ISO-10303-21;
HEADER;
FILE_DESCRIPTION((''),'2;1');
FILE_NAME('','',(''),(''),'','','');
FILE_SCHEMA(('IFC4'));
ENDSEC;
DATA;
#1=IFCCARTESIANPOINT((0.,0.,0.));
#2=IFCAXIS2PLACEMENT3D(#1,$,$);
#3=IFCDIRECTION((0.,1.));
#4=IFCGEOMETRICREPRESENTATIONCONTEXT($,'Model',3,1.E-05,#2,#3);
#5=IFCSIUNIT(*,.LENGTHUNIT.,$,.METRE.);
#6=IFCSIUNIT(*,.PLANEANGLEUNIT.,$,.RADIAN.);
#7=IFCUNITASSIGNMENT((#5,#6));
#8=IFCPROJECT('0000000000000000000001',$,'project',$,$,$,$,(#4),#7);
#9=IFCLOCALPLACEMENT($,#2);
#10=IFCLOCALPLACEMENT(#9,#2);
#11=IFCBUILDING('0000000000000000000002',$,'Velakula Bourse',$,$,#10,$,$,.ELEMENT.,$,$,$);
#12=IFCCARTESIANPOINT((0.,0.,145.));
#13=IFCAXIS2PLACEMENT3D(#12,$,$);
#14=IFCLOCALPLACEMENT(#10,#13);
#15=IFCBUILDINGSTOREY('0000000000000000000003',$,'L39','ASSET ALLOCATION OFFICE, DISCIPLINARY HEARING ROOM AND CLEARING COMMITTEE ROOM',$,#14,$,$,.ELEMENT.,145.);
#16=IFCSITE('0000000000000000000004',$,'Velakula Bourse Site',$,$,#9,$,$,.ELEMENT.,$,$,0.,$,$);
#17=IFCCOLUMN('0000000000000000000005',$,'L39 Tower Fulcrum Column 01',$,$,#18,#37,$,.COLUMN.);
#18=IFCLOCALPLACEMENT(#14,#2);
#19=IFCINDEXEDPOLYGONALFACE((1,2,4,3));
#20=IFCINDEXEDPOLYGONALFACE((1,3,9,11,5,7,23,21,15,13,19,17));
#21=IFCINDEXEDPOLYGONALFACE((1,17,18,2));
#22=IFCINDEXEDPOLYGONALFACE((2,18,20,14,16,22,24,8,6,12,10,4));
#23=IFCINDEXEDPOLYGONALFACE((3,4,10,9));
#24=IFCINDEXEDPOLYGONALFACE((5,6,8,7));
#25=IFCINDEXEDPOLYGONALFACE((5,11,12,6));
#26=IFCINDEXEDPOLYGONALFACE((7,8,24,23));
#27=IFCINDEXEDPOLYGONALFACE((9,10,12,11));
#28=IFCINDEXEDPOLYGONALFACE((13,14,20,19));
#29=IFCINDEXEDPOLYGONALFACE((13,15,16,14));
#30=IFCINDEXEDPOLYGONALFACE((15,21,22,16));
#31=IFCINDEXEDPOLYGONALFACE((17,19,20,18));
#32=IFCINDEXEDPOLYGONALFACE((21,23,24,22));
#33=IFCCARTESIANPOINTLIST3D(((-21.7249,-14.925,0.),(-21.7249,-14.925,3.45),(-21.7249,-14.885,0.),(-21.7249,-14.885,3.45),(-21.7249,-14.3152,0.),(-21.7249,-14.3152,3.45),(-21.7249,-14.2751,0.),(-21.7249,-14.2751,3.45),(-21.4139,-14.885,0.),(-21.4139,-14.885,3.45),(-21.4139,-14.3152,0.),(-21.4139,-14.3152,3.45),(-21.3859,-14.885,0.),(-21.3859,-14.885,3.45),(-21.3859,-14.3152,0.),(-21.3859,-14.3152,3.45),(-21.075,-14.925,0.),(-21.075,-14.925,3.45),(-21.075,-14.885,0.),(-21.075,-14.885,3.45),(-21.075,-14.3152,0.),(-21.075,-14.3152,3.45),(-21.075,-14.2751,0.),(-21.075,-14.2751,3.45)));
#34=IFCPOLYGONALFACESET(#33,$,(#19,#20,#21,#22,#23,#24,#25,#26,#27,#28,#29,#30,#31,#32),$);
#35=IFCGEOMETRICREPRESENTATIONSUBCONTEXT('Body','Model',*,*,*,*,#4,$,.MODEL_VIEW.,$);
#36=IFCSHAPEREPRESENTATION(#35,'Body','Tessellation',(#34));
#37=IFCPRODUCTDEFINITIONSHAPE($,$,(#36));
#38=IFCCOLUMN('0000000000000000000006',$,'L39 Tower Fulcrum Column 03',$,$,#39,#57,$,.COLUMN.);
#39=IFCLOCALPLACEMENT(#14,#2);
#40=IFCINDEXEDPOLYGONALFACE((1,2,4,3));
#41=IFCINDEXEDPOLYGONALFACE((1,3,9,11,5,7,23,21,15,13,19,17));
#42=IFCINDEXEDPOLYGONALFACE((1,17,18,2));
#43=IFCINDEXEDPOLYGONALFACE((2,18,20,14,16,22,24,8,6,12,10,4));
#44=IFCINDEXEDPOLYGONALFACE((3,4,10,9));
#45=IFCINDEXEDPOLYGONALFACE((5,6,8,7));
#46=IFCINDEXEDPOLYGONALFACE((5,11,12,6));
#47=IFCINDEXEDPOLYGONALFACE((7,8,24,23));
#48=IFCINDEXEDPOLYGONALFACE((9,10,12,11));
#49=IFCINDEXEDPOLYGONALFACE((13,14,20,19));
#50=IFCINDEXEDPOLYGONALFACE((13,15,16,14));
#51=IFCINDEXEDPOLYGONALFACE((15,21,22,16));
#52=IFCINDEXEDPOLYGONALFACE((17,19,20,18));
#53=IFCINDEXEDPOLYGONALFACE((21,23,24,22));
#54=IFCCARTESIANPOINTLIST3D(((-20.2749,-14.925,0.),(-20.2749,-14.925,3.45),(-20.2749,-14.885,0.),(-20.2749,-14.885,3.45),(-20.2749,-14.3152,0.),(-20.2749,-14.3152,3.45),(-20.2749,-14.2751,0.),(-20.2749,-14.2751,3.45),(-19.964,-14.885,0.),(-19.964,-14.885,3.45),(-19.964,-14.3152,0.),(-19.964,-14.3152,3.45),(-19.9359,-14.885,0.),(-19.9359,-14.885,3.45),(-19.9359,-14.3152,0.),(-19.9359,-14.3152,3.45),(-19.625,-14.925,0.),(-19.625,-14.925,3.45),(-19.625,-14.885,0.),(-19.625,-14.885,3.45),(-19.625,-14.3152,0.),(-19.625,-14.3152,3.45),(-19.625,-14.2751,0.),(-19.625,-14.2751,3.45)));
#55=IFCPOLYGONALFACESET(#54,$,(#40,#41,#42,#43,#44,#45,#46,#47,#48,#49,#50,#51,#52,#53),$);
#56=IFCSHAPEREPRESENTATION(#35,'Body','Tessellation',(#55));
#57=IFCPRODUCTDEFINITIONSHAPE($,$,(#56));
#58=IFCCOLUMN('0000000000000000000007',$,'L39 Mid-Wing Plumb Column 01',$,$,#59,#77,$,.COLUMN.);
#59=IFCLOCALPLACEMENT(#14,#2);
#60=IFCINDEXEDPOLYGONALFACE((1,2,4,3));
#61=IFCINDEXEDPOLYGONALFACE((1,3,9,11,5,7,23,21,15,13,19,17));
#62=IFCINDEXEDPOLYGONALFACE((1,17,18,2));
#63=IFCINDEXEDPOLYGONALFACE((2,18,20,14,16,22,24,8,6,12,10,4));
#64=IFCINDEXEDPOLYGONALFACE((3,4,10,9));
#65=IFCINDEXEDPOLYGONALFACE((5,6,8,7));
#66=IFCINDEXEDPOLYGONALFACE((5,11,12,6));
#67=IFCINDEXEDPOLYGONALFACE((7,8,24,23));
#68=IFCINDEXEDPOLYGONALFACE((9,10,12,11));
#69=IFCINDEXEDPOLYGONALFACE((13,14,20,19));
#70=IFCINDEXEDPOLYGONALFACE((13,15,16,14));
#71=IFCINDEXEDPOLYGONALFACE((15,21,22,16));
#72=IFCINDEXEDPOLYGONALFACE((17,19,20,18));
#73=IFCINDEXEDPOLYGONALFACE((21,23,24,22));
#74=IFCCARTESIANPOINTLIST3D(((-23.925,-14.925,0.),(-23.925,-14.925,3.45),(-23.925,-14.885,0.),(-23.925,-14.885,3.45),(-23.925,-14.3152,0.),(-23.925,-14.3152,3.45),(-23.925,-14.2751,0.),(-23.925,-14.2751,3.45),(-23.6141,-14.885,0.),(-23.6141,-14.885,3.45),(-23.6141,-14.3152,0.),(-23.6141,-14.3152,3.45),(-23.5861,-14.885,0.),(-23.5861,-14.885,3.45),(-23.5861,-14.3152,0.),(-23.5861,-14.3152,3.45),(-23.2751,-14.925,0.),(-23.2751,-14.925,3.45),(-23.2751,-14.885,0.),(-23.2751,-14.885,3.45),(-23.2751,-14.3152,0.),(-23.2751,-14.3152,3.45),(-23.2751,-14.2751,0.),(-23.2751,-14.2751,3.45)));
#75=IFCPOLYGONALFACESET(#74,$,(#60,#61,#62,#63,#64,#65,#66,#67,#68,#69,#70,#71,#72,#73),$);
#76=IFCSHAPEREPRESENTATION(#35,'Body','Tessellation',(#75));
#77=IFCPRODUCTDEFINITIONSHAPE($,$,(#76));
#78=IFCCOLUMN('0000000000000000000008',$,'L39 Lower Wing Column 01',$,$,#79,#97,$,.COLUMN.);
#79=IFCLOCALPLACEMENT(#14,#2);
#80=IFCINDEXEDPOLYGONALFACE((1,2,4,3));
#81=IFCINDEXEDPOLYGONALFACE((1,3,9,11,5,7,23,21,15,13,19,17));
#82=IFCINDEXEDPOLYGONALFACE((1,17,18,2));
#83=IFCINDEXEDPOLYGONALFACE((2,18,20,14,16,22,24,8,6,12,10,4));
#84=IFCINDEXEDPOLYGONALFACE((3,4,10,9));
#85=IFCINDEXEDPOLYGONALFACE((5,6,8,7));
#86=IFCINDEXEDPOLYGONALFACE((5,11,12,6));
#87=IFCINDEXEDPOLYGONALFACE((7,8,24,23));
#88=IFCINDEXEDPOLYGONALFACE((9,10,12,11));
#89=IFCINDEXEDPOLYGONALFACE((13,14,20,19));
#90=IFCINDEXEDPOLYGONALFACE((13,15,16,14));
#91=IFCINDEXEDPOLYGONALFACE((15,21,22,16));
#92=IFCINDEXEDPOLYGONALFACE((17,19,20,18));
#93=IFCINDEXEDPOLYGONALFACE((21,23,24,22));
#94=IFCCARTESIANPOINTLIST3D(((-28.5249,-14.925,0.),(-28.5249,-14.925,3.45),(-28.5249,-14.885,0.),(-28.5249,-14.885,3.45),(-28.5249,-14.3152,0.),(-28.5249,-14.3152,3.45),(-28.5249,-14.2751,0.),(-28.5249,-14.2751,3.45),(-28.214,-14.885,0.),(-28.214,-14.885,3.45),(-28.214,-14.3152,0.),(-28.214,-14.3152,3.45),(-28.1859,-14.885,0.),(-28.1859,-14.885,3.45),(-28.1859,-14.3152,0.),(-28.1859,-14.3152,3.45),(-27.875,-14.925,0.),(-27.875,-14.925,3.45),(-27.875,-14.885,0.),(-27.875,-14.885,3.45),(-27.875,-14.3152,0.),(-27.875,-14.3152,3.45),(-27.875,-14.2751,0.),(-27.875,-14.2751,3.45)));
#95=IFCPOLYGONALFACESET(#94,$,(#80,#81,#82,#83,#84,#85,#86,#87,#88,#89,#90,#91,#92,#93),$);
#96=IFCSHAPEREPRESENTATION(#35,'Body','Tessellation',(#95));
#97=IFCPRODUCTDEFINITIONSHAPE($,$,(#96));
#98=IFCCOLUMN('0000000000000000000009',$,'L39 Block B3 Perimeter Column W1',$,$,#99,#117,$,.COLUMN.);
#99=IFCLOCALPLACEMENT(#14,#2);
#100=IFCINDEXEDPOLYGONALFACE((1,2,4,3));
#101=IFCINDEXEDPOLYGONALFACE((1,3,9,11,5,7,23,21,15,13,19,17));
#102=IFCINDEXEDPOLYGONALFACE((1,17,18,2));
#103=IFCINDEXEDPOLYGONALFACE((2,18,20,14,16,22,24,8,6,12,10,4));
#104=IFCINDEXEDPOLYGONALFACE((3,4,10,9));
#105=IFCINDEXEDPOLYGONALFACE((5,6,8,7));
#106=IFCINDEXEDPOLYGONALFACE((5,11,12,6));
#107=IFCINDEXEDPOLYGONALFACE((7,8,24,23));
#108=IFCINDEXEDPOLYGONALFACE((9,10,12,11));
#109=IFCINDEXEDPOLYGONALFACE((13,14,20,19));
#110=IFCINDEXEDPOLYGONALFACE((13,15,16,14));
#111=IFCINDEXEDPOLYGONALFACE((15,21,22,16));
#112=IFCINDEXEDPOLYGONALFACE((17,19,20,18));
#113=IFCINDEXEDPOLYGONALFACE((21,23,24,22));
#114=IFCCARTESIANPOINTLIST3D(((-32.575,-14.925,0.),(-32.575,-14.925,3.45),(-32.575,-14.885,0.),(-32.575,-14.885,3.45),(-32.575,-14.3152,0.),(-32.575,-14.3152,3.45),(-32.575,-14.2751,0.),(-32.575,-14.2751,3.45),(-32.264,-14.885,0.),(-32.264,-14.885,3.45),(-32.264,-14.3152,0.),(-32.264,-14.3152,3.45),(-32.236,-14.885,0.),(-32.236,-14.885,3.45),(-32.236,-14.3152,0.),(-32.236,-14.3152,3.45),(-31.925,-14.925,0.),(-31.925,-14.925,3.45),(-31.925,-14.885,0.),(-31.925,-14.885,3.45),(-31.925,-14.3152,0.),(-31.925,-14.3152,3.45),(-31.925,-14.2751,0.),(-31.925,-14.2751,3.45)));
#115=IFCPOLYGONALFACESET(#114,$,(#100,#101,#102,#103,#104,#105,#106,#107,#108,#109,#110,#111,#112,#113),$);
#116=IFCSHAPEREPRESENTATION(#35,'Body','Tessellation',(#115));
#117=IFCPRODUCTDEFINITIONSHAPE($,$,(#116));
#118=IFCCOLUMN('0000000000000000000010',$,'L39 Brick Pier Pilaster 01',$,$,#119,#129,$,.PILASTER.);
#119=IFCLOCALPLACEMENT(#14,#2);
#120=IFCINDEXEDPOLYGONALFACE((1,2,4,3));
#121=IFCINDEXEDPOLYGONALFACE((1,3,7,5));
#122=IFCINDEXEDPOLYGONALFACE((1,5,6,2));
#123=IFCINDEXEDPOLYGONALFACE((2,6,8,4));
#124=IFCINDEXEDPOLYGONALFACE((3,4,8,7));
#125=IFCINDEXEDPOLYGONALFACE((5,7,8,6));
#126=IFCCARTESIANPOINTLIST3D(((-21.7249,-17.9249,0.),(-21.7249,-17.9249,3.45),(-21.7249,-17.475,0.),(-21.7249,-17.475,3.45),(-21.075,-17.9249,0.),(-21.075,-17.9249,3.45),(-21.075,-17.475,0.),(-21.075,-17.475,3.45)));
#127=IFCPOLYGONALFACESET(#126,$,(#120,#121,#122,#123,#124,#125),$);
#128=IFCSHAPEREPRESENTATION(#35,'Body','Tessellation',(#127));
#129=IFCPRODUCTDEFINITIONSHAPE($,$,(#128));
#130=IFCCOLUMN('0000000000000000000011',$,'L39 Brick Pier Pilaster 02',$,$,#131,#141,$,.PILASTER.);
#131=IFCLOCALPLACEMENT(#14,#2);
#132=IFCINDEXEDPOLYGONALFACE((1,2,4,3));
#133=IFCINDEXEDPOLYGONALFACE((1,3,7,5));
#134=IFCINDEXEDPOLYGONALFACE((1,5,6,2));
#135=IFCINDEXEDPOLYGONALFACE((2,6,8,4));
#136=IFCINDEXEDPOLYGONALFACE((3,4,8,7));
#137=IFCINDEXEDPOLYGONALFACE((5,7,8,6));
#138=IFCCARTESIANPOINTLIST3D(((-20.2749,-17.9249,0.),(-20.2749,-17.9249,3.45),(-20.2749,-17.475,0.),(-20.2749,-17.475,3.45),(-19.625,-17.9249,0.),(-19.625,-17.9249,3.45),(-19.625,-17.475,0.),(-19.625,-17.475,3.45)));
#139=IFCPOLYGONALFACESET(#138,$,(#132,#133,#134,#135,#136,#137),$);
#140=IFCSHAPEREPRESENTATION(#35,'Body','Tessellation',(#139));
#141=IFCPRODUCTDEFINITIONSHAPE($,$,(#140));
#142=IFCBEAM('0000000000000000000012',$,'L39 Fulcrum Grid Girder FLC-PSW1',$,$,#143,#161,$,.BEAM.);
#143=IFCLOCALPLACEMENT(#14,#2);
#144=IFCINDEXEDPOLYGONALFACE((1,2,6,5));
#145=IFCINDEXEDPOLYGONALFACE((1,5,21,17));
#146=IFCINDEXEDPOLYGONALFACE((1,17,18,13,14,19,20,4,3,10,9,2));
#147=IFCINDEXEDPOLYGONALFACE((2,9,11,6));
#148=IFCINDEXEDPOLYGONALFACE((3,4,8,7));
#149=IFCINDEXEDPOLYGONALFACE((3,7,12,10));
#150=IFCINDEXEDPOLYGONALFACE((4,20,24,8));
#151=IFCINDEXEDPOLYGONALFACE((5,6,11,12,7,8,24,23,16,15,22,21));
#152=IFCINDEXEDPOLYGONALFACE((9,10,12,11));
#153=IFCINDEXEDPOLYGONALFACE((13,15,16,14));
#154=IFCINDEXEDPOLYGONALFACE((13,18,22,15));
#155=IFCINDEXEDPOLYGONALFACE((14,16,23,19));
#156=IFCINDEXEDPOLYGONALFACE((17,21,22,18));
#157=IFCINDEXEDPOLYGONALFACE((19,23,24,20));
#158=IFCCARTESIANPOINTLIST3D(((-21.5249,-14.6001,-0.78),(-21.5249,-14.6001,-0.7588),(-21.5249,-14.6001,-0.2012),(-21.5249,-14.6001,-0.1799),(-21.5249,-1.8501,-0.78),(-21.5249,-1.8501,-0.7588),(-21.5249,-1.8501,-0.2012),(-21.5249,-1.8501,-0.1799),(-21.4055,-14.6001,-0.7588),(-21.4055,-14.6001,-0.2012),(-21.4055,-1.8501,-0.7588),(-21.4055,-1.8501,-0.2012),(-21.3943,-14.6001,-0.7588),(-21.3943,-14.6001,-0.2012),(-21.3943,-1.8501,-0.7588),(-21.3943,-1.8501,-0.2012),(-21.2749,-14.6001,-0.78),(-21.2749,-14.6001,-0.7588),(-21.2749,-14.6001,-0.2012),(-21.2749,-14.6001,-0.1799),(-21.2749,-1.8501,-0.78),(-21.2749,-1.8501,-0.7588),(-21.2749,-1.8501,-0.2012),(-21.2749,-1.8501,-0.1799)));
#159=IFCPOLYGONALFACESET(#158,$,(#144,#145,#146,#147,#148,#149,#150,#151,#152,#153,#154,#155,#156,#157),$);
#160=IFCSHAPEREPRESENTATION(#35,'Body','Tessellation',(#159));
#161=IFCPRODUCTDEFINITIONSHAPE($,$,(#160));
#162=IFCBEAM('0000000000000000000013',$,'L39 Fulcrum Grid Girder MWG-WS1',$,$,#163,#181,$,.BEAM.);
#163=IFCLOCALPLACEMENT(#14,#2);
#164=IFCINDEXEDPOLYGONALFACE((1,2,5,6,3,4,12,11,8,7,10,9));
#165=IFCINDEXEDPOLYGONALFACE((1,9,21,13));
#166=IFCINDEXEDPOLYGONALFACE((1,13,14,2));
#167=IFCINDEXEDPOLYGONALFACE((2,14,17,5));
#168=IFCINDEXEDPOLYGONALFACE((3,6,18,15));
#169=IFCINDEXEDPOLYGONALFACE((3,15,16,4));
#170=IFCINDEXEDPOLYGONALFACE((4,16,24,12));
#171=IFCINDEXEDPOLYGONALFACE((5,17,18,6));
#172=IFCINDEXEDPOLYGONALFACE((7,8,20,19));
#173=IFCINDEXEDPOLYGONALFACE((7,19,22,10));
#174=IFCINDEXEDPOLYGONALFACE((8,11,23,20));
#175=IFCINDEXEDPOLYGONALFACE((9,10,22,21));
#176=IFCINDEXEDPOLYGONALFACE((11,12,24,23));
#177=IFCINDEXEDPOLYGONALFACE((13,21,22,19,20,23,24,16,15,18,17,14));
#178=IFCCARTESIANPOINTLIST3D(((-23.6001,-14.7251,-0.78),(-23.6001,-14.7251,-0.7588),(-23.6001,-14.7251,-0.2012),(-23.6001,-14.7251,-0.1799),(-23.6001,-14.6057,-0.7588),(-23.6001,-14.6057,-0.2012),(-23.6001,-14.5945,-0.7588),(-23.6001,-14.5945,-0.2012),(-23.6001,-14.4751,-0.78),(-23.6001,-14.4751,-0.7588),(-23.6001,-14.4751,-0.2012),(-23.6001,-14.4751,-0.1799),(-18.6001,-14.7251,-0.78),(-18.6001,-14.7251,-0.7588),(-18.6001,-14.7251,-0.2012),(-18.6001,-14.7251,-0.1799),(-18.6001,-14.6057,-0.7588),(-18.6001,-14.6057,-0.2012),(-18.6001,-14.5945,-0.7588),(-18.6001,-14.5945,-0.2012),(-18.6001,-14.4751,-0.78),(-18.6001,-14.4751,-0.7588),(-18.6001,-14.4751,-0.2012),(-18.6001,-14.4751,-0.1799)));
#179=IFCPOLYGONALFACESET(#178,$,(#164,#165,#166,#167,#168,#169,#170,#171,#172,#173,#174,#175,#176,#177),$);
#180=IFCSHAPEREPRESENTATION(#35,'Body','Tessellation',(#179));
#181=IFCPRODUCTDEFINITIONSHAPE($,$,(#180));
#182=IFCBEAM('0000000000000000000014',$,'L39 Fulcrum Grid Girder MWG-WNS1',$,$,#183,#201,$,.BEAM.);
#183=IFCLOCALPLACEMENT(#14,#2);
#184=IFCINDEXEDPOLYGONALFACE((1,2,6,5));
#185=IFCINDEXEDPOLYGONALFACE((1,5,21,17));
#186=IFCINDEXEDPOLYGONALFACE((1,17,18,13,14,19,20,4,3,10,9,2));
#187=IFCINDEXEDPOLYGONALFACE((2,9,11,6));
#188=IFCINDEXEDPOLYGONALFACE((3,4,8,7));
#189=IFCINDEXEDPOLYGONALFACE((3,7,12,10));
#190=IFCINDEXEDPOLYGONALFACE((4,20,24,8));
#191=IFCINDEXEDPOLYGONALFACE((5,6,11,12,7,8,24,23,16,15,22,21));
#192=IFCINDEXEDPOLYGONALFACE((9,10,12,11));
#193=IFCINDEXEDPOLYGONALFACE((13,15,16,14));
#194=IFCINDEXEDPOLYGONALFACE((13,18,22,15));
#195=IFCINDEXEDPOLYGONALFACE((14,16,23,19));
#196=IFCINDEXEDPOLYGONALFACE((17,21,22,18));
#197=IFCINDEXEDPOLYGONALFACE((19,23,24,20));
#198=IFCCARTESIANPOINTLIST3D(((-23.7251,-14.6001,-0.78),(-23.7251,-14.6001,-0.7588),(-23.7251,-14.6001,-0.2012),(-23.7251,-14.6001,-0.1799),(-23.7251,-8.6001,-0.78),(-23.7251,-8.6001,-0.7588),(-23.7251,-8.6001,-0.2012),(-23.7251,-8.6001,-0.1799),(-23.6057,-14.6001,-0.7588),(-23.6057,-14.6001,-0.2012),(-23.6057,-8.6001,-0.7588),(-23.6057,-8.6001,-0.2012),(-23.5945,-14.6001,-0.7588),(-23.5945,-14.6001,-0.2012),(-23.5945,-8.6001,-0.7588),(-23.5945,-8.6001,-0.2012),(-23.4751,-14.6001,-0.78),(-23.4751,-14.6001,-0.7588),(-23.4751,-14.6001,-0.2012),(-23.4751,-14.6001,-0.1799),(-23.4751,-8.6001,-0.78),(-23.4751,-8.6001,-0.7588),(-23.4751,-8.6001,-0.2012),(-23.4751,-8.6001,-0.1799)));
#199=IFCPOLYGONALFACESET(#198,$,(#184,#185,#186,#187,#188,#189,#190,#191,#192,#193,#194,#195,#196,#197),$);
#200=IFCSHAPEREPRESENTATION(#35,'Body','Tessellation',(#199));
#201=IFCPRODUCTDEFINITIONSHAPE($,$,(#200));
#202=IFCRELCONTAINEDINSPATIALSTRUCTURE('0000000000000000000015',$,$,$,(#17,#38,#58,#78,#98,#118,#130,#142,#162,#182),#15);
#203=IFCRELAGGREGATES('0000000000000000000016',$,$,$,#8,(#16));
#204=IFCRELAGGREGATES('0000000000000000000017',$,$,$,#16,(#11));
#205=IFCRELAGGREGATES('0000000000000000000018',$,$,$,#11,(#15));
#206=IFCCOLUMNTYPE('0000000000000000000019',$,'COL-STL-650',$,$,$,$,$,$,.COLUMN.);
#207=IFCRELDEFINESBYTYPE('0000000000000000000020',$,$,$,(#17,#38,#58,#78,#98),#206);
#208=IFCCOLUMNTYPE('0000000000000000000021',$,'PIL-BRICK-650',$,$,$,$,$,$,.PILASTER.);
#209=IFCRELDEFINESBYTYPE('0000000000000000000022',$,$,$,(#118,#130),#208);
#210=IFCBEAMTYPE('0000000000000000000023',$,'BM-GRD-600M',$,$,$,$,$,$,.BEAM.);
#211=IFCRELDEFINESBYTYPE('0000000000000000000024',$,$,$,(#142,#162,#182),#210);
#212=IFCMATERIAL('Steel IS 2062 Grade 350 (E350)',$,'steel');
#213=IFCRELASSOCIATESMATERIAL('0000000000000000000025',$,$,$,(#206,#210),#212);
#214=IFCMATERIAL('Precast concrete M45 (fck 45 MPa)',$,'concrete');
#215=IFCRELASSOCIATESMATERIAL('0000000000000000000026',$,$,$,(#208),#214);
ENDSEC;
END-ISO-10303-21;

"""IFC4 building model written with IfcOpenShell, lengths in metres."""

from ifc_helpers import new_model, si_unit, direction, frame, origin, origin_2d, place, context, subcontext, project, spatial, rectangle, i_section, extrude, material, material_profile, profile_set, type_object, element, save


model = new_model("IFC4")

# Units and contexts
model_context = context("Model", 3, precision=1e-05, world=origin(), true_north=direction((0.0, 1.0)))
body_context = subcontext(model_context, "Body", "Model", "MODEL_VIEW")
ifc_project = project(units=[si_unit("LENGTHUNIT", "METRE"), si_unit("PLANEANGLEUNIT", "RADIAN")], contexts=[model_context])

# Site, building, storey
site_placement = place(None, origin())
site = spatial("IfcSite", under=ifc_project, at=site_placement, Name="Velakula Bourse Site", CompositionType="ELEMENT", RefElevation=0.0)
building_placement = place(site_placement, origin())
building = spatial("IfcBuilding", under=site, at=building_placement, Name="Velakula Bourse", CompositionType="ELEMENT")
storey_placement = place(building_placement, frame((0.0, 0.0, 145.0)))
storey = spatial("IfcBuildingStorey", under=building, at=storey_placement, Name="L39", Description="ASSET ALLOCATION OFFICE, DISCIPLINARY HEARING ROOM AND CLEARING COMMITTEE ROOM", CompositionType="ELEMENT", Elevation=145.0)

# Columns
ifc_material_1 = material(Name="Steel IS 2062 Grade 350 (E350)", Category="steel")
ifc_material_profile_1 = material_profile(ifc_material_1, i_section(OverallWidth=0.6499, OverallDepth=0.6499, WebThickness=0.0281, FlangeThickness=0.04, at=origin_2d()), Name="Steel IS 2062 Grade 350 (E350)")
ifc_profile_set_1 = profile_set([ifc_material_profile_1], Name="Steel IS 2062 Grade 350 (E350)")
column_type_1 = type_object("IfcColumnType", Name="COL-STL-650", PredefinedType="COLUMN", material=ifc_profile_set_1)
for number, where, z_axis, x_axis, name in (
    (1, (-21.3999, -14.6001, 0.0), (0.0, 0.0, 1.0), (1.0, 0.0, 0.0), "L39 Tower Fulcrum Column 01"),
    (2, (-19.95, -14.6001, 0.0), (0.0, 0.0, 1.0), (1.0, 0.0, 0.0), "L39 Tower Fulcrum Column 03"),
    (3, (-23.6001, -14.6001, 0.0), (0.0, 0.0, 1.0), (1.0, 0.0, 0.0), "L39 Mid-Wing Plumb Column 01"),
    (4, (-28.2, -14.6001, 0.0), (0.0, 0.0, 1.0), (1.0, 0.0, 0.0), "L39 Lower Wing Column 01"),
    (5, (-32.25, -14.6001, 0.0), (0.0, 0.0, 1.0), (1.0, 0.0, 0.0), "L39 Block B3 Perimeter Column W1"),
):
    element("IfcColumn", number, at=place(storey_placement, frame(where, z_axis=z_axis, x_axis=x_axis)), inside=storey, type_object=column_type_1, Name=name, PredefinedType="COLUMN", context=body_context, shape_type="SweptSolid", body=[
        extrude(i_section(OverallWidth=0.6499, OverallDepth=0.6499, WebThickness=0.0281, FlangeThickness=0.04, at=origin_2d()), origin(), (0.0, 0.0, 1.0), 3.45),
    ])
ifc_material_2 = material(Name="Precast concrete M45 (fck 45 MPa)", Category="concrete")
ifc_material_profile_2 = material_profile(ifc_material_2, rectangle(XDim=0.6499, YDim=0.45, at=origin_2d()), Name="Precast concrete M45 (fck 45 MPa)")
ifc_profile_set_2 = profile_set([ifc_material_profile_2], Name="Precast concrete M45 (fck 45 MPa)")
column_type_2 = type_object("IfcColumnType", Name="PIL-BRICK-650", PredefinedType="PILASTER", material=ifc_profile_set_2)
for number, where, z_axis, x_axis, name in (
    (6, (-21.3999, -17.7, 0.0), (0.0, 0.0, 1.0), (1.0, 0.0, 0.0), "L39 Brick Pier Pilaster 01"),
    (7, (-19.95, -17.7, 0.0), (0.0, 0.0, 1.0), (1.0, 0.0, 0.0), "L39 Brick Pier Pilaster 02"),
):
    element("IfcColumn", number, at=place(storey_placement, frame(where, z_axis=z_axis, x_axis=x_axis)), inside=storey, type_object=column_type_2, Name=name, PredefinedType="PILASTER", context=body_context, shape_type="SweptSolid", body=[
        extrude(rectangle(XDim=0.6499, YDim=0.45, at=origin_2d()), origin(), (0.0, 0.0, 1.0), 3.45),
    ])

# Beams
ifc_material_profile_3 = material_profile(ifc_material_1, i_section(OverallWidth=0.25, OverallDepth=0.6001, WebThickness=0.0112, FlangeThickness=0.0212, at=origin_2d()), Name="Steel IS 2062 Grade 350 (E350)")
ifc_profile_set_3 = profile_set([ifc_material_profile_3], Name="Steel IS 2062 Grade 350 (E350)")
beam_type_1 = type_object("IfcBeamType", Name="BM-GRD-600M", PredefinedType="BEAM", material=ifc_profile_set_3)
beam_1_placement = place(storey_placement, frame((-21.3999, -14.6001, -0.48), z_axis=(0.0, 1.0, 0.0), x_axis=(-1.0, 0.0, 0.0)))
element("IfcBeam", 8, at=beam_1_placement, inside=storey, type_object=beam_type_1, Name="L39 Fulcrum Grid Girder FLC-PSW1", PredefinedType="BEAM", context=body_context, shape_type="SweptSolid", body=[
    extrude(i_section(OverallWidth=0.25, OverallDepth=0.6001, WebThickness=0.0112, FlangeThickness=0.0212, at=origin_2d()), origin(), (0.0, 0.0, 1.0), 12.75),
])
beam_2_placement = place(storey_placement, frame((-23.6001, -14.6001, -0.48), z_axis=(1.0, 0.0, 0.0), x_axis=(0.0, 1.0, 0.0)))
element("IfcBeam", 9, at=beam_2_placement, inside=storey, type_object=beam_type_1, Name="L39 Fulcrum Grid Girder MWG-WS1", PredefinedType="BEAM", context=body_context, shape_type="SweptSolid", body=[
    extrude(i_section(OverallWidth=0.25, OverallDepth=0.6001, WebThickness=0.0112, FlangeThickness=0.0212, at=origin_2d()), origin(), (0.0, 0.0, 1.0), 5.0),
])
beam_3_placement = place(storey_placement, frame((-23.6001, -14.6001, -0.48), z_axis=(0.0, 1.0, 0.0), x_axis=(-1.0, 0.0, 0.0)))
element("IfcBeam", 10, at=beam_3_placement, inside=storey, type_object=beam_type_1, Name="L39 Fulcrum Grid Girder MWG-WNS1", PredefinedType="BEAM", context=body_context, shape_type="SweptSolid", body=[
    extrude(i_section(OverallWidth=0.25, OverallDepth=0.6001, WebThickness=0.0112, FlangeThickness=0.0212, at=origin_2d()), origin(), (0.0, 0.0, 1.0), 6.0),
])

save(model, "model.ifc")
